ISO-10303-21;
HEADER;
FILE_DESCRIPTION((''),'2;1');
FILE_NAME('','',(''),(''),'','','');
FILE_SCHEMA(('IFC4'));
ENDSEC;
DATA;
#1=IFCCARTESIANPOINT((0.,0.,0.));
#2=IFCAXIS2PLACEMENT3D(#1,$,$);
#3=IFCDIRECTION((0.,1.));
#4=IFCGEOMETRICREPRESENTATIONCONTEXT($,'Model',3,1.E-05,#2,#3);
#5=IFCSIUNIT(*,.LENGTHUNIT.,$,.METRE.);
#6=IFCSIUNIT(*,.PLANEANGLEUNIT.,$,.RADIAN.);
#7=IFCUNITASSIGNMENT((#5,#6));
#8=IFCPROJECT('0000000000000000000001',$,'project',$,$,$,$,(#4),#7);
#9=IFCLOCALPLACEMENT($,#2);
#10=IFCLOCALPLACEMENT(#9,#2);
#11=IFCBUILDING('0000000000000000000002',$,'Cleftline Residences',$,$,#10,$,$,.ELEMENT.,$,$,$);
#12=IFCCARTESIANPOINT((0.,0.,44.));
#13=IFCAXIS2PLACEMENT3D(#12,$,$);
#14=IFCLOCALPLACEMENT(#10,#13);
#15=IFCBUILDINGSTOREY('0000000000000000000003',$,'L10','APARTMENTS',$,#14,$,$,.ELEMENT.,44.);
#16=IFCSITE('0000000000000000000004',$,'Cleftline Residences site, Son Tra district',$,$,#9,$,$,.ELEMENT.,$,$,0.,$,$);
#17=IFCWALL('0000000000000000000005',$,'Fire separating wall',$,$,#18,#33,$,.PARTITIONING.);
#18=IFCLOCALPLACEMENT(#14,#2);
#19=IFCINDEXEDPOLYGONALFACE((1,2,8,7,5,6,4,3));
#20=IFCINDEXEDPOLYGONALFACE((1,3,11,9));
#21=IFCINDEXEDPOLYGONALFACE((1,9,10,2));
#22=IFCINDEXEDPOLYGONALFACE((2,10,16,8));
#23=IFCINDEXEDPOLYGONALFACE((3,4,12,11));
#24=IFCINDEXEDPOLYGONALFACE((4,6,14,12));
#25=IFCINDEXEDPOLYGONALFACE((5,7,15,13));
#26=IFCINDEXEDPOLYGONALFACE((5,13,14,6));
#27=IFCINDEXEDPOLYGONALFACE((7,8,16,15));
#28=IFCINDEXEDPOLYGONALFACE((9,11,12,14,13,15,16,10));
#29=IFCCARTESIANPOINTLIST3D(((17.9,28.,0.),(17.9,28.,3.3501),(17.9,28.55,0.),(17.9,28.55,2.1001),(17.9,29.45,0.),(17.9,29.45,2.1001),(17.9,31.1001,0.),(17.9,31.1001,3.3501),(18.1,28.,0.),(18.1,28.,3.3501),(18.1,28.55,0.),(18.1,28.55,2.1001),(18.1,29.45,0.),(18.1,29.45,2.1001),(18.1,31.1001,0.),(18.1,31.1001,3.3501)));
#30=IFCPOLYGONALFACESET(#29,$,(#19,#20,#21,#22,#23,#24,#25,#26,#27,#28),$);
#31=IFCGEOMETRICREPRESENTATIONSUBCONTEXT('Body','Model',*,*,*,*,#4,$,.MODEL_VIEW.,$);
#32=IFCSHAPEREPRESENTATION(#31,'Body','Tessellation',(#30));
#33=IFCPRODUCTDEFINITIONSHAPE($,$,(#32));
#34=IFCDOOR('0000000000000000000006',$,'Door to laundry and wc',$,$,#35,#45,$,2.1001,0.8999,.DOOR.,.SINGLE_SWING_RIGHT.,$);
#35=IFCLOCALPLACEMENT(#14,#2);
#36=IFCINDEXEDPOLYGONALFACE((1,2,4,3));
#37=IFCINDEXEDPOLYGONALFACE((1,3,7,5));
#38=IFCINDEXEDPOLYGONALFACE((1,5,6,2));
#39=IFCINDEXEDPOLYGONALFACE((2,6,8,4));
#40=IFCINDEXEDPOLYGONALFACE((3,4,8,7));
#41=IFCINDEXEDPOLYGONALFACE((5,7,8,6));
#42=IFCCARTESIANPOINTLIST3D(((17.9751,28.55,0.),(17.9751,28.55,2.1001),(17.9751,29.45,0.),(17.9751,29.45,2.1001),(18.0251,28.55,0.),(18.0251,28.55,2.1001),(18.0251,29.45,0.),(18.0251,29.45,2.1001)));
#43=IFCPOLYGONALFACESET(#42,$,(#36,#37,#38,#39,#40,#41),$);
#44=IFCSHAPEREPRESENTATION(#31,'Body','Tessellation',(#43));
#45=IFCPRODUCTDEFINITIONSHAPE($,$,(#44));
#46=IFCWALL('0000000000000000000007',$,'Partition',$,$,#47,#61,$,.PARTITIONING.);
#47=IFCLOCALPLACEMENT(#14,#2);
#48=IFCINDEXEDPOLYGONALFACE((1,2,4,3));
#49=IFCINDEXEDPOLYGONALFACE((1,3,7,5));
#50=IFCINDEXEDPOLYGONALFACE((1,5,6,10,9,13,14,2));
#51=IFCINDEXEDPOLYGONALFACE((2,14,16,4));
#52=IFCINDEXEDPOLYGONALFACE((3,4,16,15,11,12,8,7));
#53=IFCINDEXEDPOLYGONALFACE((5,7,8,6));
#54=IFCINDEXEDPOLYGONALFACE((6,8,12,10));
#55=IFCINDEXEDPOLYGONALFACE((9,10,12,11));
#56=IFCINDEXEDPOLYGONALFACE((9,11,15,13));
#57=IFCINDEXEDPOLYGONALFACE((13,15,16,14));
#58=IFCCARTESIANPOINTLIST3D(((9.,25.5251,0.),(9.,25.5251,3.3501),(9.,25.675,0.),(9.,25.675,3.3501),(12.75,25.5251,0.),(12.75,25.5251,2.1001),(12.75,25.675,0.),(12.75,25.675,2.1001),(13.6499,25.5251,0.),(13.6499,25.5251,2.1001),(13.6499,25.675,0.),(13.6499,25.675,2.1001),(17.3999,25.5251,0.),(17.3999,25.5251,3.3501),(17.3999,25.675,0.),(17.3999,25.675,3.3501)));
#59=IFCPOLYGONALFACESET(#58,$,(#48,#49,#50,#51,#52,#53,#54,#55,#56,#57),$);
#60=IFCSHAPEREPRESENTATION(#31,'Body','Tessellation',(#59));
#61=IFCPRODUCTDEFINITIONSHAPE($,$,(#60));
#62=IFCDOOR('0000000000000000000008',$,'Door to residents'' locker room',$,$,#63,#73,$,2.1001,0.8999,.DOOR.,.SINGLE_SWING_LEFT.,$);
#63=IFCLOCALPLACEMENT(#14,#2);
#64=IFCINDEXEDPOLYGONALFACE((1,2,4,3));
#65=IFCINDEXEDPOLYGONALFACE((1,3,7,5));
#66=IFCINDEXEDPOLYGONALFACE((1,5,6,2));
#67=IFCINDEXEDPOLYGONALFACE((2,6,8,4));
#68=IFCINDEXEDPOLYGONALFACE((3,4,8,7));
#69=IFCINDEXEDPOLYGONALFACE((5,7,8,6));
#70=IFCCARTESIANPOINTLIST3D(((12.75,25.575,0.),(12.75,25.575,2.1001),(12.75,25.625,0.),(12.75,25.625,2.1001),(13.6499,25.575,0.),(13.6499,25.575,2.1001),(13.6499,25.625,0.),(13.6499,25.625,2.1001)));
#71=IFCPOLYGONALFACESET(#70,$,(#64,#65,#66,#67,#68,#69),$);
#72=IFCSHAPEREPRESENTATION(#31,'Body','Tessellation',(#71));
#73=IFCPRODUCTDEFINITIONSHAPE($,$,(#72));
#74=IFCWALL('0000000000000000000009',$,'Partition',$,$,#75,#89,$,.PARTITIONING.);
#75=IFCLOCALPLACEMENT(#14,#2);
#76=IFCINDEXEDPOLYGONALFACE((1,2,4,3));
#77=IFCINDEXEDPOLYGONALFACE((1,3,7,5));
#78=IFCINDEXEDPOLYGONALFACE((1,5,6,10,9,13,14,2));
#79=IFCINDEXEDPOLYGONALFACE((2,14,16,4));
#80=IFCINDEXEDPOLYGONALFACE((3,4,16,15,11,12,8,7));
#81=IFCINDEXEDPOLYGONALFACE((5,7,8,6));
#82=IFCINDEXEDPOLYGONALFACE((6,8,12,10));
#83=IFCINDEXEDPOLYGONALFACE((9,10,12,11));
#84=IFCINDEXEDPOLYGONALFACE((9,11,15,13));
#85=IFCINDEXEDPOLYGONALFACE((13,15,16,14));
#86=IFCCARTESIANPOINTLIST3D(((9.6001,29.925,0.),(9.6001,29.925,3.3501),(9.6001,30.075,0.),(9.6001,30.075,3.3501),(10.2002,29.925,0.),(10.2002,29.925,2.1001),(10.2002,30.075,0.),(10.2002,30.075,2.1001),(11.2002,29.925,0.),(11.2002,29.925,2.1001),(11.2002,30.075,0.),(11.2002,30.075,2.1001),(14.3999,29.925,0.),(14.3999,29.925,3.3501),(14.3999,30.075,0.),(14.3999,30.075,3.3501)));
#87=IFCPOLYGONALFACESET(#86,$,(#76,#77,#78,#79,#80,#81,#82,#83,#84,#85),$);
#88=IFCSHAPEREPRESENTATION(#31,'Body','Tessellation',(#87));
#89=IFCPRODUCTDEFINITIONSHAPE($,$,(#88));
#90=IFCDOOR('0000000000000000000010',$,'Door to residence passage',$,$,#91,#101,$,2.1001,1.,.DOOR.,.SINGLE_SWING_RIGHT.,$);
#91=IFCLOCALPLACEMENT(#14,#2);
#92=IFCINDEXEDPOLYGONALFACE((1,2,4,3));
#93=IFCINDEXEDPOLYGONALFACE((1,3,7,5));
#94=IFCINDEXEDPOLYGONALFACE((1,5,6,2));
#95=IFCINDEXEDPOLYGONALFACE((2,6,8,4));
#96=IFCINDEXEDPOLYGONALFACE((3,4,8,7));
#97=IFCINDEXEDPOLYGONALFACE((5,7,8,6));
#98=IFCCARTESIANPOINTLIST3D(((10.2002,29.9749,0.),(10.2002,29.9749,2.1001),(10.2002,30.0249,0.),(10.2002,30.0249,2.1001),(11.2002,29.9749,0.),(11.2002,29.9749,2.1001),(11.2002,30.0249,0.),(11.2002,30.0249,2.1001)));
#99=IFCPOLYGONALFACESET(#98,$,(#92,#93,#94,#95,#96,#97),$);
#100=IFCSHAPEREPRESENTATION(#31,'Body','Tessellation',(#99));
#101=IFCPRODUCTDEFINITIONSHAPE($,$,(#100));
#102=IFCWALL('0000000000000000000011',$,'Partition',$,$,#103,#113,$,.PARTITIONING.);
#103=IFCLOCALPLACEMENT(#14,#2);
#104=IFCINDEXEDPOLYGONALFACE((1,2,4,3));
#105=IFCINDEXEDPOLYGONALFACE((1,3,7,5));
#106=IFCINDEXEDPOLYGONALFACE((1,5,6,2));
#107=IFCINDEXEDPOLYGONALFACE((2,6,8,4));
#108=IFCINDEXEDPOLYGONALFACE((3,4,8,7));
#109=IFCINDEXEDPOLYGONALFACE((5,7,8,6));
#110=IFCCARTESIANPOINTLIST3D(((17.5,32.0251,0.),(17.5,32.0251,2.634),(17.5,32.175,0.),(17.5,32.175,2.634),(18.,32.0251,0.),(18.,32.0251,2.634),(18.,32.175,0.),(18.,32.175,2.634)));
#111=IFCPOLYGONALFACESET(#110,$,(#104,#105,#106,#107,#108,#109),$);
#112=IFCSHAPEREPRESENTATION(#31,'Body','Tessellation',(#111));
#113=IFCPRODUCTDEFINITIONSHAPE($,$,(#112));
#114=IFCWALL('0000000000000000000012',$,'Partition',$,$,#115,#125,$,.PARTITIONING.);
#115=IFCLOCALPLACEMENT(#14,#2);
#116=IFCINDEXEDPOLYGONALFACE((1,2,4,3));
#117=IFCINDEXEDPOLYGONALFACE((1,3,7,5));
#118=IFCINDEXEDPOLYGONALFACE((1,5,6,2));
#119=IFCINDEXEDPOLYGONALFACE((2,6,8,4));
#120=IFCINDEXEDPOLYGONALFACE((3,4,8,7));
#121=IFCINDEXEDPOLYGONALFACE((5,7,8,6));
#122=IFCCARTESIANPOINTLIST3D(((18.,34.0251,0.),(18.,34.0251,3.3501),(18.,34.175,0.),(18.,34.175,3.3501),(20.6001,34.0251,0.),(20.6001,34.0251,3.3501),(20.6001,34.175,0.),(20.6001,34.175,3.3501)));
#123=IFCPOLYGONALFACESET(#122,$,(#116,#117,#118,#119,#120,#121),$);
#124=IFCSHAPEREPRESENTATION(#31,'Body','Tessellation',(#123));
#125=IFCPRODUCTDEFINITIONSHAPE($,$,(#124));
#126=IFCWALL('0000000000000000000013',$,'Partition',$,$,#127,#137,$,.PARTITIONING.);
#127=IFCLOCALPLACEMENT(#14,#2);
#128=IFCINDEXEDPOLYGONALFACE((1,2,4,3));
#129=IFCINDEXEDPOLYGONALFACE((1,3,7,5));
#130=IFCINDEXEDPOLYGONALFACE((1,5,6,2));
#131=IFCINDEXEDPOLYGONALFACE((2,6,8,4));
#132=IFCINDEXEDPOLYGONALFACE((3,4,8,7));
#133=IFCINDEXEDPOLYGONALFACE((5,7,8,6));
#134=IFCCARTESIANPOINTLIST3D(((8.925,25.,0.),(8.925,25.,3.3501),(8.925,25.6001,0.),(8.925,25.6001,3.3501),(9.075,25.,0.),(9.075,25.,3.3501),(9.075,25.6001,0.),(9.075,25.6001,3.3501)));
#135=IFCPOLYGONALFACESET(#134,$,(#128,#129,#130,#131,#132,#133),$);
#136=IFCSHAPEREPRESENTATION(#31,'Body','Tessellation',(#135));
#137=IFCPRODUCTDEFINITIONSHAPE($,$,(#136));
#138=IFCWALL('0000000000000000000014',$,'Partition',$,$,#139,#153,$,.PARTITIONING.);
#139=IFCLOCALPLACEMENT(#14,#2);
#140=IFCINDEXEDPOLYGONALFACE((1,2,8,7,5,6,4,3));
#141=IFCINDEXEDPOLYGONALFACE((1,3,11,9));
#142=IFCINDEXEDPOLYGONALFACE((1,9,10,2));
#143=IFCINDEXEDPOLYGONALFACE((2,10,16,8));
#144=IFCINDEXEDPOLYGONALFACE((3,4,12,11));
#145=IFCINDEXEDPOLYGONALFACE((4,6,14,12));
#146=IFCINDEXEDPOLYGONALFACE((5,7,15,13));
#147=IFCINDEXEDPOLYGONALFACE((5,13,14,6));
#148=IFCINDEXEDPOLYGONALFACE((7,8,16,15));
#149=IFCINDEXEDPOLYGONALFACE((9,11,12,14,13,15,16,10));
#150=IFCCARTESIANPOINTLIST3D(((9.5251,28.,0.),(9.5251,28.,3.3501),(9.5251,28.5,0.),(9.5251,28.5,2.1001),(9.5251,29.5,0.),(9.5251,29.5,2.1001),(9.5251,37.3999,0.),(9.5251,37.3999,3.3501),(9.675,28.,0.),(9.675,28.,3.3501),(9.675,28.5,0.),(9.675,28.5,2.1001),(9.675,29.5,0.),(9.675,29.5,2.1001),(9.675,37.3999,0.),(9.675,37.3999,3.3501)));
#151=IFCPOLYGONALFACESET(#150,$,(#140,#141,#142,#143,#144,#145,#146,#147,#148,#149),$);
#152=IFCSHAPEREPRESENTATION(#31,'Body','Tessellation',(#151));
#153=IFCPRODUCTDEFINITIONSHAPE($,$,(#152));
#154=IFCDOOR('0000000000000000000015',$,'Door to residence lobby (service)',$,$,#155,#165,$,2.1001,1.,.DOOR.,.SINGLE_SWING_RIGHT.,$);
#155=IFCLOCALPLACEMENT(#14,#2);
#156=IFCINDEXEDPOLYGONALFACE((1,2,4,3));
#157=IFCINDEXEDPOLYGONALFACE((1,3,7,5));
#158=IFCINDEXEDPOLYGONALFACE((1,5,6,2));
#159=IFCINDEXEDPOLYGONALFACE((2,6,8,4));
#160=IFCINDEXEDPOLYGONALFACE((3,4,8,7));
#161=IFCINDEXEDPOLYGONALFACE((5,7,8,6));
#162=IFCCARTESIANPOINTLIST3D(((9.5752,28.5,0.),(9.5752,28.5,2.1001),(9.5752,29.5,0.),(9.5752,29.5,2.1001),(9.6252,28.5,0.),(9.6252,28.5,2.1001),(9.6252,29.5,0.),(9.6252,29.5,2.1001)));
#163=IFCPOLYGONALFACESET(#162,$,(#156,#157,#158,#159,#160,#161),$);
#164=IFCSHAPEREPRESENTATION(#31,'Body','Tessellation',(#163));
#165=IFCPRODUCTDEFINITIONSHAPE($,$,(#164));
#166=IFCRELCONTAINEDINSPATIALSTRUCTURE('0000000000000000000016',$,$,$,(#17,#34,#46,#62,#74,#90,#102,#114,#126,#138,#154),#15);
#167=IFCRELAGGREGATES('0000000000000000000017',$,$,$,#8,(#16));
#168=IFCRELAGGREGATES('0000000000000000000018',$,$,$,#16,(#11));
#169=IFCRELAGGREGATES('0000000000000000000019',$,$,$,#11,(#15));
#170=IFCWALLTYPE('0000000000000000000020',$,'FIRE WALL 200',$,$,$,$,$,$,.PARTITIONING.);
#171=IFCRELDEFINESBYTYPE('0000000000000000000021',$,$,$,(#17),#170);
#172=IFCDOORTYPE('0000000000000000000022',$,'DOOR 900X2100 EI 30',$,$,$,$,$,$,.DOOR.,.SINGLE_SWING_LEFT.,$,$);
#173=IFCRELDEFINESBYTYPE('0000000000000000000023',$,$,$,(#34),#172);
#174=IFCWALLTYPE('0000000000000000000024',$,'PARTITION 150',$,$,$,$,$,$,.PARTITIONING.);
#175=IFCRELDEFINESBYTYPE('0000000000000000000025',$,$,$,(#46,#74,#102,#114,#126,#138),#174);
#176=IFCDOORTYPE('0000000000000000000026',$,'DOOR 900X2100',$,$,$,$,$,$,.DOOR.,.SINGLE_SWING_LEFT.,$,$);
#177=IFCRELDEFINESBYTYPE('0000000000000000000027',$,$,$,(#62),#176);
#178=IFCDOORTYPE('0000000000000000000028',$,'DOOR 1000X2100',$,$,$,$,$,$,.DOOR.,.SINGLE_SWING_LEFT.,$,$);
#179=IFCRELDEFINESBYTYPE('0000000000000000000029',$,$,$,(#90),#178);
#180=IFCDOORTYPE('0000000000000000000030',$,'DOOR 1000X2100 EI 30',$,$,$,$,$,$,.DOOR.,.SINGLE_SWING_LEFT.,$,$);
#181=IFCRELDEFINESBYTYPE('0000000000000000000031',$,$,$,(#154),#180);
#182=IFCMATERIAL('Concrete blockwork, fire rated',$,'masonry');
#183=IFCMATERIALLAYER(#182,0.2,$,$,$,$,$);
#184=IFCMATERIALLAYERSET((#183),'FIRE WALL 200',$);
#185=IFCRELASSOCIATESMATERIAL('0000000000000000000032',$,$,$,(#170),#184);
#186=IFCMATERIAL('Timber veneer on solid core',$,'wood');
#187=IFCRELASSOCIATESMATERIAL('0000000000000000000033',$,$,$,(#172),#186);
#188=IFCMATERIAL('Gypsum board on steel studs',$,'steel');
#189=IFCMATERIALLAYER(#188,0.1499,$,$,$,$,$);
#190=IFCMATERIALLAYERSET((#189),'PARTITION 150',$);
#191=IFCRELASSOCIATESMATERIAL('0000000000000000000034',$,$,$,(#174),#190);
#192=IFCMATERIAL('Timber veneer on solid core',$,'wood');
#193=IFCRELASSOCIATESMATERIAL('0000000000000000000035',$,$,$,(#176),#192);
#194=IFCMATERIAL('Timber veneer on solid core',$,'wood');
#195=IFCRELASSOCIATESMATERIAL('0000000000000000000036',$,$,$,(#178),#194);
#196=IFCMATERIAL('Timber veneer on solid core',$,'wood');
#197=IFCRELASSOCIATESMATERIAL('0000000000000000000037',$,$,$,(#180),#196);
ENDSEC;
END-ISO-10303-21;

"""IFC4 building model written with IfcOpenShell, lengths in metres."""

from ifc_helpers import new_model, si_unit, direction, frame, frame_2d, origin, place, context, subcontext, project, spatial, rectangle, extrude, material, layer, layer_set, type_object, element, fill, save


model = new_model("IFC4")

# Units and contexts
model_context = context("Model", 3, precision=1e-05, world=origin(), true_north=direction((0.0, 1.0)))
body_context = subcontext(model_context, "Body", "Model", "MODEL_VIEW")
ifc_project = project(units=[si_unit("LENGTHUNIT", "METRE"), si_unit("PLANEANGLEUNIT", "RADIAN")], contexts=[model_context])

# Site, building, storey
site_placement = place(None, origin())
site = spatial("IfcSite", under=ifc_project, at=site_placement, Name="Cleftline Residences site, Son Tra district", CompositionType="ELEMENT", RefElevation=0.0)
building_placement = place(site_placement, origin())
building = spatial("IfcBuilding", under=site, at=building_placement, Name="Cleftline Residences", CompositionType="ELEMENT")
storey_placement = place(building_placement, frame((0.0, 0.0, 44.0)))
storey = spatial("IfcBuildingStorey", under=building, at=storey_placement, Name="L10", Description="APARTMENTS", CompositionType="ELEMENT", Elevation=44.0)

# Shared definitions
ifc_material_1 = material(Name="Concrete blockwork, fire rated", Category="masonry")
ifc_layer_1 = layer(ifc_material_1, 0.2)
ifc_layer_set_1 = layer_set([ifc_layer_1], Name="FIRE WALL 200")
wall_type_1 = type_object("IfcWallType", Name="FIRE WALL 200", PredefinedType="PARTITIONING", material=ifc_layer_set_1)

# Walls, openings, doors
wall_1_placement = place(storey_placement, frame((18.0, 28.0, 0.0), z_axis=(0.0, 0.0, 1.0), x_axis=(0.0, 1.0, 0.0)))
wall_1 = element("IfcWall", 1, at=wall_1_placement, inside=storey, type_object=wall_type_1, Name="Fire separating wall", PredefinedType="PARTITIONING", context=body_context, shape_type="SweptSolid", body=[
    extrude(rectangle(XDim=3.1001, YDim=0.2, at=frame_2d((1.55, 0.0))), origin(), (0.0, 0.0, 1.0), 3.3501),
])
opening_1_placement = place(wall_1_placement, frame((0.55, 0.0, 0.0)))
opening_1 = element("IfcOpeningElement", 2, at=opening_1_placement, cuts=wall_1, PredefinedType="OPENING", context=body_context, shape_type="SweptSolid", body=[
    extrude(rectangle(XDim=0.8999, YDim=2.1001, at=frame_2d((0.45, 1.05))), frame((0.0, 0.1099, 0.0), z_axis=(0.0, -1.0, 0.0), x_axis=(1.0, 0.0, 0.0)), (0.0, 0.0, 1.0), 0.22),
])
ifc_material_2 = material(Name="Timber veneer on solid core", Category="wood")
door_type_1 = type_object("IfcDoorType", Name="DOOR 900X2100 EI 30", OperationType="SINGLE_SWING_LEFT", PredefinedType="DOOR", material=ifc_material_2)
door_1_placement = place(opening_1_placement, origin())
door_1 = element("IfcDoor", 3, at=door_1_placement, inside=storey, type_object=door_type_1, Name="Door to laundry and wc", OperationType="SINGLE_SWING_RIGHT", OverallHeight=2.1001, OverallWidth=0.8999, PredefinedType="DOOR", context=body_context, shape_type="SweptSolid", body=[
    extrude(rectangle(XDim=0.8999, YDim=2.1001, at=frame_2d((0.45, 1.05))), frame((0.0, 0.0249, 0.0), z_axis=(0.0, -1.0, 0.0), x_axis=(1.0, 0.0, 0.0)), (0.0, 0.0, 1.0), 0.05),
])
fill(opening_1, door_1)
ifc_material_3 = material(Name="Gypsum board on steel studs", Category="steel")
ifc_layer_2 = layer(ifc_material_3, 0.1499)
ifc_layer_set_2 = layer_set([ifc_layer_2], Name="PARTITION 150")
wall_type_2 = type_object("IfcWallType", Name="PARTITION 150", PredefinedType="PARTITIONING", material=ifc_layer_set_2)
wall_2_placement = place(storey_placement, frame((9.0, 25.6001, 0.0), z_axis=(0.0, 0.0, 1.0), x_axis=(1.0, 0.0, 0.0)))
wall_2 = element("IfcWall", 4, at=wall_2_placement, inside=storey, type_object=wall_type_2, Name="Partition", PredefinedType="PARTITIONING", context=body_context, shape_type="SweptSolid", body=[
    extrude(rectangle(XDim=8.3999, YDim=0.1499, at=frame_2d((4.2, 0.0))), origin(), (0.0, 0.0, 1.0), 3.3501),
])
opening_2_placement = place(wall_2_placement, frame((3.75, 0.0, 0.0)))
opening_2 = element("IfcOpeningElement", 5, at=opening_2_placement, cuts=wall_2, PredefinedType="OPENING", context=body_context, shape_type="SweptSolid", body=[
    extrude(rectangle(XDim=0.8999, YDim=2.1001, at=frame_2d((0.45, 1.05))), frame((0.0, 0.085, 0.0), z_axis=(0.0, -1.0, 0.0), x_axis=(1.0, 0.0, 0.0)), (0.0, 0.0, 1.0), 0.1699),
])
ifc_material_4 = material(Name="Timber veneer on solid core", Category="wood")
door_type_2 = type_object("IfcDoorType", Name="DOOR 900X2100", OperationType="SINGLE_SWING_LEFT", PredefinedType="DOOR", material=ifc_material_4)
door_2_placement = place(opening_2_placement, origin())
door_2 = element("IfcDoor", 6, at=door_2_placement, inside=storey, type_object=door_type_2, Name="Door to residents' locker room", OperationType="SINGLE_SWING_LEFT", OverallHeight=2.1001, OverallWidth=0.8999, PredefinedType="DOOR", context=body_context, shape_type="SweptSolid", body=[
    extrude(rectangle(XDim=0.8999, YDim=2.1001, at=frame_2d((0.45, 1.05))), frame((0.0, 0.0249, 0.0), z_axis=(0.0, -1.0, 0.0), x_axis=(1.0, 0.0, 0.0)), (0.0, 0.0, 1.0), 0.05),
])
fill(opening_2, door_2)
wall_3_placement = place(storey_placement, frame((9.6001, 30.0, 0.0), z_axis=(0.0, 0.0, 1.0), x_axis=(1.0, 0.0, 0.0)))
wall_3 = element("IfcWall", 7, at=wall_3_placement, inside=storey, type_object=wall_type_2, Name="Partition", PredefinedType="PARTITIONING", context=body_context, shape_type="SweptSolid", body=[
    extrude(rectangle(XDim=4.7998, YDim=0.1499, at=frame_2d((2.3999, 0.0))), origin(), (0.0, 0.0, 1.0), 3.3501),
])
opening_3_placement = place(wall_3_placement, frame((0.6001, 0.0, 0.0)))
opening_3 = element("IfcOpeningElement", 8, at=opening_3_placement, cuts=wall_3, PredefinedType="OPENING", context=body_context, shape_type="SweptSolid", body=[
    extrude(rectangle(XDim=1.0, YDim=2.1001, at=frame_2d((0.5, 1.05))), frame((0.0, 0.085, 0.0), z_axis=(0.0, -1.0, 0.0), x_axis=(1.0, 0.0, 0.0)), (0.0, 0.0, 1.0), 0.1699),
])
ifc_material_5 = material(Name="Timber veneer on solid core", Category="wood")
door_type_3 = type_object("IfcDoorType", Name="DOOR 1000X2100", OperationType="SINGLE_SWING_LEFT", PredefinedType="DOOR", material=ifc_material_5)
door_3_placement = place(opening_3_placement, origin())
door_3 = element("IfcDoor", 9, at=door_3_placement, inside=storey, type_object=door_type_3, Name="Door to residence passage", OperationType="SINGLE_SWING_RIGHT", OverallHeight=2.1001, OverallWidth=1.0, PredefinedType="DOOR", context=body_context, shape_type="SweptSolid", body=[
    extrude(rectangle(XDim=1.0, YDim=2.1001, at=frame_2d((0.5, 1.05))), frame((0.0, 0.0249, 0.0), z_axis=(0.0, -1.0, 0.0), x_axis=(1.0, 0.0, 0.0)), (0.0, 0.0, 1.0), 0.05),
])
fill(opening_3, door_3)

# Walls
wall_4_placement = place(storey_placement, frame((17.5, 32.1001, 0.0), z_axis=(0.0, 0.0, 1.0), x_axis=(1.0, 0.0, 0.0)))
element("IfcWall", 10, at=wall_4_placement, inside=storey, type_object=wall_type_2, Name="Partition", PredefinedType="PARTITIONING", context=body_context, shape_type="SweptSolid", body=[
    extrude(rectangle(XDim=0.5, YDim=0.1499, at=frame_2d((0.25, 0.0))), origin(), (0.0, 0.0, 1.0), 2.634),
])
wall_5_placement = place(storey_placement, frame((18.0, 34.1001, 0.0), z_axis=(0.0, 0.0, 1.0), x_axis=(1.0, 0.0, 0.0)))
element("IfcWall", 11, at=wall_5_placement, inside=storey, type_object=wall_type_2, Name="Partition", PredefinedType="PARTITIONING", context=body_context, shape_type="SweptSolid", body=[
    extrude(rectangle(XDim=2.6001, YDim=0.1499, at=frame_2d((1.3, 0.0))), origin(), (0.0, 0.0, 1.0), 3.3501),
])
wall_6_placement = place(storey_placement, frame((9.0, 25.0, 0.0), z_axis=(0.0, 0.0, 1.0), x_axis=(0.0, 1.0, 0.0)))
element("IfcWall", 12, at=wall_6_placement, inside=storey, type_object=wall_type_2, Name="Partition", PredefinedType="PARTITIONING", context=body_context, shape_type="SweptSolid", body=[
    extrude(rectangle(XDim=0.6001, YDim=0.1499, at=frame_2d((0.3, 0.0))), origin(), (0.0, 0.0, 1.0), 3.3501),
])

# Wall, opening, door
wall_7_placement = place(storey_placement, frame((9.6001, 28.0, 0.0), z_axis=(0.0, 0.0, 1.0), x_axis=(0.0, 1.0, 0.0)))
wall_7 = element("IfcWall", 13, at=wall_7_placement, inside=storey, type_object=wall_type_2, Name="Partition", PredefinedType="PARTITIONING", context=body_context, shape_type="SweptSolid", body=[
    extrude(rectangle(XDim=9.3999, YDim=0.1499, at=frame_2d((4.7, 0.0))), origin(), (0.0, 0.0, 1.0), 3.3501),
])
opening_4_placement = place(wall_7_placement, frame((0.5, 0.0, 0.0)))
opening_4 = element("IfcOpeningElement", 14, at=opening_4_placement, cuts=wall_7, PredefinedType="OPENING", context=body_context, shape_type="SweptSolid", body=[
    extrude(rectangle(XDim=1.0, YDim=2.1001, at=frame_2d((0.5, 1.05))), frame((0.0, 0.085, 0.0), z_axis=(0.0, -1.0, 0.0), x_axis=(1.0, 0.0, 0.0)), (0.0, 0.0, 1.0), 0.1699),
])
ifc_material_6 = material(Name="Timber veneer on solid core", Category="wood")
door_type_4 = type_object("IfcDoorType", Name="DOOR 1000X2100 EI 30", OperationType="SINGLE_SWING_LEFT", PredefinedType="DOOR", material=ifc_material_6)
door_4_placement = place(opening_4_placement, origin())
door_4 = element("IfcDoor", 15, at=door_4_placement, inside=storey, type_object=door_type_4, Name="Door to residence lobby (service)", OperationType="SINGLE_SWING_RIGHT", OverallHeight=2.1001, OverallWidth=1.0, PredefinedType="DOOR", context=body_context, shape_type="SweptSolid", body=[
    extrude(rectangle(XDim=1.0, YDim=2.1001, at=frame_2d((0.5, 1.05))), frame((0.0, 0.0249, 0.0), z_axis=(0.0, -1.0, 0.0), x_axis=(1.0, 0.0, 0.0)), (0.0, 0.0, 1.0), 0.05),
])
fill(opening_4, door_4)

save(model, "model.ifc")
